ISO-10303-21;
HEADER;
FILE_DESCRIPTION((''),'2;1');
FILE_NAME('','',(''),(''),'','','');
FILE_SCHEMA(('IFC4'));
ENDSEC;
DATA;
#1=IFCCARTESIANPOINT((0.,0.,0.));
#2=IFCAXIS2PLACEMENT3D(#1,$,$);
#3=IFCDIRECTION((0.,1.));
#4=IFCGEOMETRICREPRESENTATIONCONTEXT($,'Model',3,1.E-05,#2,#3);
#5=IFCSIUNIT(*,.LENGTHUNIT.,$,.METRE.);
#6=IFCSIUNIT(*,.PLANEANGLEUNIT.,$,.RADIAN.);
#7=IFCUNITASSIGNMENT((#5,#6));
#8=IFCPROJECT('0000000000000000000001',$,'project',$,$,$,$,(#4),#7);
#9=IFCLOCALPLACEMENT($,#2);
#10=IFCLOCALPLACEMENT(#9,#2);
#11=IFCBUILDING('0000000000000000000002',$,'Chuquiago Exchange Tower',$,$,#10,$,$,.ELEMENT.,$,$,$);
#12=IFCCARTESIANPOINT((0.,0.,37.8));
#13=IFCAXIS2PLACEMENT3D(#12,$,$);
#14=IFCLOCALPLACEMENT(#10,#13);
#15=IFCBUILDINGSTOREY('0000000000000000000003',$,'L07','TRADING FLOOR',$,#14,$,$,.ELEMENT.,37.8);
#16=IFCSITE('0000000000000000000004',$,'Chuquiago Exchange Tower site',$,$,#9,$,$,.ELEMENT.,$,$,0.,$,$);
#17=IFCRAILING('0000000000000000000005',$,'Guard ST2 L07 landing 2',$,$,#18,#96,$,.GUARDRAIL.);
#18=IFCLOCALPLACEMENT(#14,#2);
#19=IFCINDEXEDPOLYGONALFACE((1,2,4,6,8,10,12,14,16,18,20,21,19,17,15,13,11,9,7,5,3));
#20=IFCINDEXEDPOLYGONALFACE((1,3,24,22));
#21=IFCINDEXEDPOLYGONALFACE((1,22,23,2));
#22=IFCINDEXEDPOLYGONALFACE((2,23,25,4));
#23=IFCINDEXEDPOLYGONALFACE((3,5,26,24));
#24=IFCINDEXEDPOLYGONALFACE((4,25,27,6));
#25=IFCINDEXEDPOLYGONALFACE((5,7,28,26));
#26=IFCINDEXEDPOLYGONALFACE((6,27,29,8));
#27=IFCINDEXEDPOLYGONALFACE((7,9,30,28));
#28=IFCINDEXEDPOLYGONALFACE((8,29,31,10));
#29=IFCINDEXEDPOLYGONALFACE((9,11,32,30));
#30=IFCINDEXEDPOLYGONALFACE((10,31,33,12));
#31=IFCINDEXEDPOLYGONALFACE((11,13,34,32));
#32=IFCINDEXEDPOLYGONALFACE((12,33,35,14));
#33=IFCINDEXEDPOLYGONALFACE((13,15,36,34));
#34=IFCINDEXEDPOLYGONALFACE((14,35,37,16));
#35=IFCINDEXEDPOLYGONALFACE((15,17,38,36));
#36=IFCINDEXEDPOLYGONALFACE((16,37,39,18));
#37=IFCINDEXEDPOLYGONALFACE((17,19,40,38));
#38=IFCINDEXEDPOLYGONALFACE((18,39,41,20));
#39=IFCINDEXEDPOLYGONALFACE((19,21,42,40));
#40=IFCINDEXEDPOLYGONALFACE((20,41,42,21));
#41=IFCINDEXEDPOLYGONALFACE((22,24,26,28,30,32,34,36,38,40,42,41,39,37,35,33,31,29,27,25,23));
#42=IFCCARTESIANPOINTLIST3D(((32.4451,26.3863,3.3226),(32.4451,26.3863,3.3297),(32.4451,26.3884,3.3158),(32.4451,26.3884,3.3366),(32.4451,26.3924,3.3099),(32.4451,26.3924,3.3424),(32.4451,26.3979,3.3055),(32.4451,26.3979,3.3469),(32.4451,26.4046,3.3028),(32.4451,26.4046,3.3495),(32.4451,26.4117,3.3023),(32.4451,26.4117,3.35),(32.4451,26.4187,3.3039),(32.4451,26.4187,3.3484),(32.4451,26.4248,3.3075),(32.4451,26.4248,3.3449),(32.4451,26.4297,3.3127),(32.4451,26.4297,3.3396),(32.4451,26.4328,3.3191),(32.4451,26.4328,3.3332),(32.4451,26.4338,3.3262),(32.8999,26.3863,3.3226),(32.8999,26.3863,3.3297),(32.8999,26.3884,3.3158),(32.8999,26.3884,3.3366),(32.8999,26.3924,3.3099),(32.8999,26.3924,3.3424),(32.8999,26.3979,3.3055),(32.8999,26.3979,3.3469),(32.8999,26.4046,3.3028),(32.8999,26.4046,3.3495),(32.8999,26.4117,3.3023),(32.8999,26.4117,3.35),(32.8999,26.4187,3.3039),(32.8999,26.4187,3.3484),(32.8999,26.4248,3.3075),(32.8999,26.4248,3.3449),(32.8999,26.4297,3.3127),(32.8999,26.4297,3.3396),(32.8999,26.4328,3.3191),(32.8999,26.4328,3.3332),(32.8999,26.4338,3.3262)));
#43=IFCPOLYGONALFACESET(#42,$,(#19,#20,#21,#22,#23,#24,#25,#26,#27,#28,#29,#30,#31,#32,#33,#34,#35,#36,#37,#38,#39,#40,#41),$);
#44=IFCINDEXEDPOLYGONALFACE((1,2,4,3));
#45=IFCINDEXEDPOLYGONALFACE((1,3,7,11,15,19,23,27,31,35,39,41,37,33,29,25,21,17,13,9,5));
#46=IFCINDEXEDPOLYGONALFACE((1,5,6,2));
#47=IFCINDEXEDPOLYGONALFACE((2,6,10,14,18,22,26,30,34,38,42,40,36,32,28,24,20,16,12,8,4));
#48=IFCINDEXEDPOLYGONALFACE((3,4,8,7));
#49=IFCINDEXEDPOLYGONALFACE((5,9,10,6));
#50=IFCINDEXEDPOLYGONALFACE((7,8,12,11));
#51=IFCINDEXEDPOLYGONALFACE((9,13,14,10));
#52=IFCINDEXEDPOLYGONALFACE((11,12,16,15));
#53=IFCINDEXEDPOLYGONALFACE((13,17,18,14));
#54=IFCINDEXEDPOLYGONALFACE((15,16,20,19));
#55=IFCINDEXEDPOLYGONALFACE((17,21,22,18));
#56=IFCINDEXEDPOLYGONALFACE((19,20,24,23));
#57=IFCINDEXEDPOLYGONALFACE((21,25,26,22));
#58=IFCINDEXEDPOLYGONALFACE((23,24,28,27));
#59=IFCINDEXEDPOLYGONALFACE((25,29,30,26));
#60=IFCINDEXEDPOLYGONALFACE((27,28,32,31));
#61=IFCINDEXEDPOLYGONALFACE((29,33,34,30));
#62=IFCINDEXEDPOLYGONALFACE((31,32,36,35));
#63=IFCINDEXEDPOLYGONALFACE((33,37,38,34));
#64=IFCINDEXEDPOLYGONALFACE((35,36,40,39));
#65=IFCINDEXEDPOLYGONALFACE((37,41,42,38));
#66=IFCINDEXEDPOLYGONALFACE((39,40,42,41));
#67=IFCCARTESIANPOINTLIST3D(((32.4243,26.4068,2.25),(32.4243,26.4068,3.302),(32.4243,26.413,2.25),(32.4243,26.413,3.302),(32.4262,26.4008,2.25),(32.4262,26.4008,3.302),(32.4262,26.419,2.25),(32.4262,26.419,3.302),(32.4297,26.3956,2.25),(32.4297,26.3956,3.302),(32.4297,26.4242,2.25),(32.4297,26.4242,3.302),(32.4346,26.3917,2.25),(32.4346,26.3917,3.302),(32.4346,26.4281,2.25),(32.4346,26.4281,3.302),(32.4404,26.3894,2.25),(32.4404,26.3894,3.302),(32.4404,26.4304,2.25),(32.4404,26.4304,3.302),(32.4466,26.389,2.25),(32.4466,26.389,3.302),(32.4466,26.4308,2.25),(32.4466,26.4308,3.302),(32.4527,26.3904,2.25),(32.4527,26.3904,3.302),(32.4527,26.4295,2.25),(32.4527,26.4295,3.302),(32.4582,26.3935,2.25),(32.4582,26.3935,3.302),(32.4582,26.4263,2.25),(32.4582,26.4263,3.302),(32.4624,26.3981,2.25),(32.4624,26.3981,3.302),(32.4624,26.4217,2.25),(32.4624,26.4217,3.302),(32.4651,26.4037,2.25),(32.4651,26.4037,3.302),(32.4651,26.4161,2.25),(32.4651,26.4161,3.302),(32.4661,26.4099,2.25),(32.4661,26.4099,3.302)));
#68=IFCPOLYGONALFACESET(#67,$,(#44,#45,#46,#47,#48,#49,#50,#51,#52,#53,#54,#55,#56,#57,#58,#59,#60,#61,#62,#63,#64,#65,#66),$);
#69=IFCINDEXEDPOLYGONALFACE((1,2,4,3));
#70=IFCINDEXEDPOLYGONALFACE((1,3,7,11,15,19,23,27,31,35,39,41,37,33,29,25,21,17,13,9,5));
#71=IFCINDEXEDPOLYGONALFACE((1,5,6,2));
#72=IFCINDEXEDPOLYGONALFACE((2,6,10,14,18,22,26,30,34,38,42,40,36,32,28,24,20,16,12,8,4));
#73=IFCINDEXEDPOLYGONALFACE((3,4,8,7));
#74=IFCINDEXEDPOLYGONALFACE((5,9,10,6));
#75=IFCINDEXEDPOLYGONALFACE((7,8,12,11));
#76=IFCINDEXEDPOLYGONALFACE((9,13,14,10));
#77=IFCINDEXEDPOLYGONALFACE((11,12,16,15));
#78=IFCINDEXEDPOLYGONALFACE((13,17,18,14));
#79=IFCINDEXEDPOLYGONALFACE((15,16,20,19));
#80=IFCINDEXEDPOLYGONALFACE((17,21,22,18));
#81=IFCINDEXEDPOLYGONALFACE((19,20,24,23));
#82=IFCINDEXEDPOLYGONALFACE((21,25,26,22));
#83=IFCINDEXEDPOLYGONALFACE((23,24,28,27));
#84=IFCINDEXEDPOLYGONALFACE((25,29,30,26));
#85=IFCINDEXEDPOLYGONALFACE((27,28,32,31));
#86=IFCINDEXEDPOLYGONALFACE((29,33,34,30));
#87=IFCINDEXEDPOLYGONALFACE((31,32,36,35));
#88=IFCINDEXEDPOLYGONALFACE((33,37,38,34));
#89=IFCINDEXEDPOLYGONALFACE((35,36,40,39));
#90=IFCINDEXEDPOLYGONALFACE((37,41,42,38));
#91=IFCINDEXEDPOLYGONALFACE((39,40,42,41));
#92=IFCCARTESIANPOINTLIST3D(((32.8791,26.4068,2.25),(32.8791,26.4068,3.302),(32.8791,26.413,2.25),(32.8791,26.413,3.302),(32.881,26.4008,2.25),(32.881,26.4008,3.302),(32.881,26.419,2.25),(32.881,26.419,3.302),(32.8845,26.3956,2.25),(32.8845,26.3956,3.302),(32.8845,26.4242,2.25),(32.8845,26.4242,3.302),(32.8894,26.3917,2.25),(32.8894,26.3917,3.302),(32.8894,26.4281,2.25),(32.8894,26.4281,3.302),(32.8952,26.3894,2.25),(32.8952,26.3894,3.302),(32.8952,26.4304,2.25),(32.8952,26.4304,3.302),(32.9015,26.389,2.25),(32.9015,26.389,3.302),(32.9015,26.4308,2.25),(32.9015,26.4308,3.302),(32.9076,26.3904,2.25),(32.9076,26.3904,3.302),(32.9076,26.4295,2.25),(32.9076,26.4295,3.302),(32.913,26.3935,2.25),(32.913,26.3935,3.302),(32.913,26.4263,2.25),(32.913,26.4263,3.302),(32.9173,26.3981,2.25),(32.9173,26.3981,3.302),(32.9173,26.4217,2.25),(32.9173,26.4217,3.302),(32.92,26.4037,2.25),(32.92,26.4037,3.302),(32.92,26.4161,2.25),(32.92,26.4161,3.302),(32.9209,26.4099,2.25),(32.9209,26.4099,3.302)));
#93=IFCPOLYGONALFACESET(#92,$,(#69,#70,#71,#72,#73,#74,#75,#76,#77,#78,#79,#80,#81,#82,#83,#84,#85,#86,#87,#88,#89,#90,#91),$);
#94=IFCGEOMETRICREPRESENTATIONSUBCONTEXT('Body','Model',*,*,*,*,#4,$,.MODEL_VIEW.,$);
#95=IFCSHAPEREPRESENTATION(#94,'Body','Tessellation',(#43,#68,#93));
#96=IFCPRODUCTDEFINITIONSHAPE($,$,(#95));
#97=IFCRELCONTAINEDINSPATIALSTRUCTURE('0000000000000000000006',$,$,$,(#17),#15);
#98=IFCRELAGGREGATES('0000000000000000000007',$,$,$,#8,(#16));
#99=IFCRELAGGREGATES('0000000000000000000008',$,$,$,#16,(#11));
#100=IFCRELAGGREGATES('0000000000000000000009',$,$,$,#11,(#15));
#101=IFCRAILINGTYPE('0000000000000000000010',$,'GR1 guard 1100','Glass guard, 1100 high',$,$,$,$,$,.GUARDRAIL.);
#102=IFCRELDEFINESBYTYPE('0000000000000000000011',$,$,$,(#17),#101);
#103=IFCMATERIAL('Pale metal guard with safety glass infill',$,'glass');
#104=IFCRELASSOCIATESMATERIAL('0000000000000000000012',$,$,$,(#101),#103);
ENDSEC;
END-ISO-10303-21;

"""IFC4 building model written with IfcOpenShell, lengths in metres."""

from ifc_helpers import new_model, si_unit, direction, frame, origin, origin_2d, place, context, subcontext, project, spatial, circle, extrude, material, type_object, element, save


model = new_model("IFC4")

# Units and contexts
model_context = context("Model", 3, precision=1e-05, world=origin(), true_north=direction((0.0, 1.0)))
body_context = subcontext(model_context, "Body", "Model", "MODEL_VIEW")
ifc_project = project(units=[si_unit("LENGTHUNIT", "METRE"), si_unit("PLANEANGLEUNIT", "RADIAN")], contexts=[model_context])

# Site, building, storey
site_placement = place(None, origin())
site = spatial("IfcSite", under=ifc_project, at=site_placement, Name="Chuquiago Exchange Tower site", CompositionType="ELEMENT", RefElevation=0.0)
building_placement = place(site_placement, origin())
building = spatial("IfcBuilding", under=site, at=building_placement, Name="Chuquiago Exchange Tower", CompositionType="ELEMENT")
storey_placement = place(building_placement, frame((0.0, 0.0, 37.8)))
storey = spatial("IfcBuildingStorey", under=building, at=storey_placement, Name="L07", Description="TRADING FLOOR", CompositionType="ELEMENT", Elevation=37.8)

# Railing
ifc_material_1 = material(Name="Pale metal guard with safety glass infill", Category="glass")
railing_type_1 = type_object("IfcRailingType", Name="GR1 guard 1100", Description="Glass guard, 1100 high", PredefinedType="GUARDRAIL", material=ifc_material_1)
for number, where, name in (
    (1, (32.4451, 26.4099, 2.25), "Guard ST2 L07 landing 2"),
):
    element("IfcRailing", number, at=place(storey_placement, frame(where)), inside=storey, type_object=railing_type_1, Name=name, PredefinedType="GUARDRAIL", context=body_context, shape_type="SweptSolid", body=[
        extrude(circle(Radius=0.0239, at=origin_2d()), frame((0.0, 0.0, 1.0762), z_axis=(1.0, 0.0, 0.0), x_axis=(0.0, 1.0, 0.0)), (0.0, 0.0, 1.0), 0.4548),
        extrude(circle(Radius=0.021, at=origin_2d()), origin(), (0.0, 0.0, 1.0), 1.052),
        extrude(circle(Radius=0.021, at=origin_2d()), frame((0.4548, 0.0, 0.0)), (0.0, 0.0, 1.0), 1.052),
    ])

save(model, "model.ifc")
